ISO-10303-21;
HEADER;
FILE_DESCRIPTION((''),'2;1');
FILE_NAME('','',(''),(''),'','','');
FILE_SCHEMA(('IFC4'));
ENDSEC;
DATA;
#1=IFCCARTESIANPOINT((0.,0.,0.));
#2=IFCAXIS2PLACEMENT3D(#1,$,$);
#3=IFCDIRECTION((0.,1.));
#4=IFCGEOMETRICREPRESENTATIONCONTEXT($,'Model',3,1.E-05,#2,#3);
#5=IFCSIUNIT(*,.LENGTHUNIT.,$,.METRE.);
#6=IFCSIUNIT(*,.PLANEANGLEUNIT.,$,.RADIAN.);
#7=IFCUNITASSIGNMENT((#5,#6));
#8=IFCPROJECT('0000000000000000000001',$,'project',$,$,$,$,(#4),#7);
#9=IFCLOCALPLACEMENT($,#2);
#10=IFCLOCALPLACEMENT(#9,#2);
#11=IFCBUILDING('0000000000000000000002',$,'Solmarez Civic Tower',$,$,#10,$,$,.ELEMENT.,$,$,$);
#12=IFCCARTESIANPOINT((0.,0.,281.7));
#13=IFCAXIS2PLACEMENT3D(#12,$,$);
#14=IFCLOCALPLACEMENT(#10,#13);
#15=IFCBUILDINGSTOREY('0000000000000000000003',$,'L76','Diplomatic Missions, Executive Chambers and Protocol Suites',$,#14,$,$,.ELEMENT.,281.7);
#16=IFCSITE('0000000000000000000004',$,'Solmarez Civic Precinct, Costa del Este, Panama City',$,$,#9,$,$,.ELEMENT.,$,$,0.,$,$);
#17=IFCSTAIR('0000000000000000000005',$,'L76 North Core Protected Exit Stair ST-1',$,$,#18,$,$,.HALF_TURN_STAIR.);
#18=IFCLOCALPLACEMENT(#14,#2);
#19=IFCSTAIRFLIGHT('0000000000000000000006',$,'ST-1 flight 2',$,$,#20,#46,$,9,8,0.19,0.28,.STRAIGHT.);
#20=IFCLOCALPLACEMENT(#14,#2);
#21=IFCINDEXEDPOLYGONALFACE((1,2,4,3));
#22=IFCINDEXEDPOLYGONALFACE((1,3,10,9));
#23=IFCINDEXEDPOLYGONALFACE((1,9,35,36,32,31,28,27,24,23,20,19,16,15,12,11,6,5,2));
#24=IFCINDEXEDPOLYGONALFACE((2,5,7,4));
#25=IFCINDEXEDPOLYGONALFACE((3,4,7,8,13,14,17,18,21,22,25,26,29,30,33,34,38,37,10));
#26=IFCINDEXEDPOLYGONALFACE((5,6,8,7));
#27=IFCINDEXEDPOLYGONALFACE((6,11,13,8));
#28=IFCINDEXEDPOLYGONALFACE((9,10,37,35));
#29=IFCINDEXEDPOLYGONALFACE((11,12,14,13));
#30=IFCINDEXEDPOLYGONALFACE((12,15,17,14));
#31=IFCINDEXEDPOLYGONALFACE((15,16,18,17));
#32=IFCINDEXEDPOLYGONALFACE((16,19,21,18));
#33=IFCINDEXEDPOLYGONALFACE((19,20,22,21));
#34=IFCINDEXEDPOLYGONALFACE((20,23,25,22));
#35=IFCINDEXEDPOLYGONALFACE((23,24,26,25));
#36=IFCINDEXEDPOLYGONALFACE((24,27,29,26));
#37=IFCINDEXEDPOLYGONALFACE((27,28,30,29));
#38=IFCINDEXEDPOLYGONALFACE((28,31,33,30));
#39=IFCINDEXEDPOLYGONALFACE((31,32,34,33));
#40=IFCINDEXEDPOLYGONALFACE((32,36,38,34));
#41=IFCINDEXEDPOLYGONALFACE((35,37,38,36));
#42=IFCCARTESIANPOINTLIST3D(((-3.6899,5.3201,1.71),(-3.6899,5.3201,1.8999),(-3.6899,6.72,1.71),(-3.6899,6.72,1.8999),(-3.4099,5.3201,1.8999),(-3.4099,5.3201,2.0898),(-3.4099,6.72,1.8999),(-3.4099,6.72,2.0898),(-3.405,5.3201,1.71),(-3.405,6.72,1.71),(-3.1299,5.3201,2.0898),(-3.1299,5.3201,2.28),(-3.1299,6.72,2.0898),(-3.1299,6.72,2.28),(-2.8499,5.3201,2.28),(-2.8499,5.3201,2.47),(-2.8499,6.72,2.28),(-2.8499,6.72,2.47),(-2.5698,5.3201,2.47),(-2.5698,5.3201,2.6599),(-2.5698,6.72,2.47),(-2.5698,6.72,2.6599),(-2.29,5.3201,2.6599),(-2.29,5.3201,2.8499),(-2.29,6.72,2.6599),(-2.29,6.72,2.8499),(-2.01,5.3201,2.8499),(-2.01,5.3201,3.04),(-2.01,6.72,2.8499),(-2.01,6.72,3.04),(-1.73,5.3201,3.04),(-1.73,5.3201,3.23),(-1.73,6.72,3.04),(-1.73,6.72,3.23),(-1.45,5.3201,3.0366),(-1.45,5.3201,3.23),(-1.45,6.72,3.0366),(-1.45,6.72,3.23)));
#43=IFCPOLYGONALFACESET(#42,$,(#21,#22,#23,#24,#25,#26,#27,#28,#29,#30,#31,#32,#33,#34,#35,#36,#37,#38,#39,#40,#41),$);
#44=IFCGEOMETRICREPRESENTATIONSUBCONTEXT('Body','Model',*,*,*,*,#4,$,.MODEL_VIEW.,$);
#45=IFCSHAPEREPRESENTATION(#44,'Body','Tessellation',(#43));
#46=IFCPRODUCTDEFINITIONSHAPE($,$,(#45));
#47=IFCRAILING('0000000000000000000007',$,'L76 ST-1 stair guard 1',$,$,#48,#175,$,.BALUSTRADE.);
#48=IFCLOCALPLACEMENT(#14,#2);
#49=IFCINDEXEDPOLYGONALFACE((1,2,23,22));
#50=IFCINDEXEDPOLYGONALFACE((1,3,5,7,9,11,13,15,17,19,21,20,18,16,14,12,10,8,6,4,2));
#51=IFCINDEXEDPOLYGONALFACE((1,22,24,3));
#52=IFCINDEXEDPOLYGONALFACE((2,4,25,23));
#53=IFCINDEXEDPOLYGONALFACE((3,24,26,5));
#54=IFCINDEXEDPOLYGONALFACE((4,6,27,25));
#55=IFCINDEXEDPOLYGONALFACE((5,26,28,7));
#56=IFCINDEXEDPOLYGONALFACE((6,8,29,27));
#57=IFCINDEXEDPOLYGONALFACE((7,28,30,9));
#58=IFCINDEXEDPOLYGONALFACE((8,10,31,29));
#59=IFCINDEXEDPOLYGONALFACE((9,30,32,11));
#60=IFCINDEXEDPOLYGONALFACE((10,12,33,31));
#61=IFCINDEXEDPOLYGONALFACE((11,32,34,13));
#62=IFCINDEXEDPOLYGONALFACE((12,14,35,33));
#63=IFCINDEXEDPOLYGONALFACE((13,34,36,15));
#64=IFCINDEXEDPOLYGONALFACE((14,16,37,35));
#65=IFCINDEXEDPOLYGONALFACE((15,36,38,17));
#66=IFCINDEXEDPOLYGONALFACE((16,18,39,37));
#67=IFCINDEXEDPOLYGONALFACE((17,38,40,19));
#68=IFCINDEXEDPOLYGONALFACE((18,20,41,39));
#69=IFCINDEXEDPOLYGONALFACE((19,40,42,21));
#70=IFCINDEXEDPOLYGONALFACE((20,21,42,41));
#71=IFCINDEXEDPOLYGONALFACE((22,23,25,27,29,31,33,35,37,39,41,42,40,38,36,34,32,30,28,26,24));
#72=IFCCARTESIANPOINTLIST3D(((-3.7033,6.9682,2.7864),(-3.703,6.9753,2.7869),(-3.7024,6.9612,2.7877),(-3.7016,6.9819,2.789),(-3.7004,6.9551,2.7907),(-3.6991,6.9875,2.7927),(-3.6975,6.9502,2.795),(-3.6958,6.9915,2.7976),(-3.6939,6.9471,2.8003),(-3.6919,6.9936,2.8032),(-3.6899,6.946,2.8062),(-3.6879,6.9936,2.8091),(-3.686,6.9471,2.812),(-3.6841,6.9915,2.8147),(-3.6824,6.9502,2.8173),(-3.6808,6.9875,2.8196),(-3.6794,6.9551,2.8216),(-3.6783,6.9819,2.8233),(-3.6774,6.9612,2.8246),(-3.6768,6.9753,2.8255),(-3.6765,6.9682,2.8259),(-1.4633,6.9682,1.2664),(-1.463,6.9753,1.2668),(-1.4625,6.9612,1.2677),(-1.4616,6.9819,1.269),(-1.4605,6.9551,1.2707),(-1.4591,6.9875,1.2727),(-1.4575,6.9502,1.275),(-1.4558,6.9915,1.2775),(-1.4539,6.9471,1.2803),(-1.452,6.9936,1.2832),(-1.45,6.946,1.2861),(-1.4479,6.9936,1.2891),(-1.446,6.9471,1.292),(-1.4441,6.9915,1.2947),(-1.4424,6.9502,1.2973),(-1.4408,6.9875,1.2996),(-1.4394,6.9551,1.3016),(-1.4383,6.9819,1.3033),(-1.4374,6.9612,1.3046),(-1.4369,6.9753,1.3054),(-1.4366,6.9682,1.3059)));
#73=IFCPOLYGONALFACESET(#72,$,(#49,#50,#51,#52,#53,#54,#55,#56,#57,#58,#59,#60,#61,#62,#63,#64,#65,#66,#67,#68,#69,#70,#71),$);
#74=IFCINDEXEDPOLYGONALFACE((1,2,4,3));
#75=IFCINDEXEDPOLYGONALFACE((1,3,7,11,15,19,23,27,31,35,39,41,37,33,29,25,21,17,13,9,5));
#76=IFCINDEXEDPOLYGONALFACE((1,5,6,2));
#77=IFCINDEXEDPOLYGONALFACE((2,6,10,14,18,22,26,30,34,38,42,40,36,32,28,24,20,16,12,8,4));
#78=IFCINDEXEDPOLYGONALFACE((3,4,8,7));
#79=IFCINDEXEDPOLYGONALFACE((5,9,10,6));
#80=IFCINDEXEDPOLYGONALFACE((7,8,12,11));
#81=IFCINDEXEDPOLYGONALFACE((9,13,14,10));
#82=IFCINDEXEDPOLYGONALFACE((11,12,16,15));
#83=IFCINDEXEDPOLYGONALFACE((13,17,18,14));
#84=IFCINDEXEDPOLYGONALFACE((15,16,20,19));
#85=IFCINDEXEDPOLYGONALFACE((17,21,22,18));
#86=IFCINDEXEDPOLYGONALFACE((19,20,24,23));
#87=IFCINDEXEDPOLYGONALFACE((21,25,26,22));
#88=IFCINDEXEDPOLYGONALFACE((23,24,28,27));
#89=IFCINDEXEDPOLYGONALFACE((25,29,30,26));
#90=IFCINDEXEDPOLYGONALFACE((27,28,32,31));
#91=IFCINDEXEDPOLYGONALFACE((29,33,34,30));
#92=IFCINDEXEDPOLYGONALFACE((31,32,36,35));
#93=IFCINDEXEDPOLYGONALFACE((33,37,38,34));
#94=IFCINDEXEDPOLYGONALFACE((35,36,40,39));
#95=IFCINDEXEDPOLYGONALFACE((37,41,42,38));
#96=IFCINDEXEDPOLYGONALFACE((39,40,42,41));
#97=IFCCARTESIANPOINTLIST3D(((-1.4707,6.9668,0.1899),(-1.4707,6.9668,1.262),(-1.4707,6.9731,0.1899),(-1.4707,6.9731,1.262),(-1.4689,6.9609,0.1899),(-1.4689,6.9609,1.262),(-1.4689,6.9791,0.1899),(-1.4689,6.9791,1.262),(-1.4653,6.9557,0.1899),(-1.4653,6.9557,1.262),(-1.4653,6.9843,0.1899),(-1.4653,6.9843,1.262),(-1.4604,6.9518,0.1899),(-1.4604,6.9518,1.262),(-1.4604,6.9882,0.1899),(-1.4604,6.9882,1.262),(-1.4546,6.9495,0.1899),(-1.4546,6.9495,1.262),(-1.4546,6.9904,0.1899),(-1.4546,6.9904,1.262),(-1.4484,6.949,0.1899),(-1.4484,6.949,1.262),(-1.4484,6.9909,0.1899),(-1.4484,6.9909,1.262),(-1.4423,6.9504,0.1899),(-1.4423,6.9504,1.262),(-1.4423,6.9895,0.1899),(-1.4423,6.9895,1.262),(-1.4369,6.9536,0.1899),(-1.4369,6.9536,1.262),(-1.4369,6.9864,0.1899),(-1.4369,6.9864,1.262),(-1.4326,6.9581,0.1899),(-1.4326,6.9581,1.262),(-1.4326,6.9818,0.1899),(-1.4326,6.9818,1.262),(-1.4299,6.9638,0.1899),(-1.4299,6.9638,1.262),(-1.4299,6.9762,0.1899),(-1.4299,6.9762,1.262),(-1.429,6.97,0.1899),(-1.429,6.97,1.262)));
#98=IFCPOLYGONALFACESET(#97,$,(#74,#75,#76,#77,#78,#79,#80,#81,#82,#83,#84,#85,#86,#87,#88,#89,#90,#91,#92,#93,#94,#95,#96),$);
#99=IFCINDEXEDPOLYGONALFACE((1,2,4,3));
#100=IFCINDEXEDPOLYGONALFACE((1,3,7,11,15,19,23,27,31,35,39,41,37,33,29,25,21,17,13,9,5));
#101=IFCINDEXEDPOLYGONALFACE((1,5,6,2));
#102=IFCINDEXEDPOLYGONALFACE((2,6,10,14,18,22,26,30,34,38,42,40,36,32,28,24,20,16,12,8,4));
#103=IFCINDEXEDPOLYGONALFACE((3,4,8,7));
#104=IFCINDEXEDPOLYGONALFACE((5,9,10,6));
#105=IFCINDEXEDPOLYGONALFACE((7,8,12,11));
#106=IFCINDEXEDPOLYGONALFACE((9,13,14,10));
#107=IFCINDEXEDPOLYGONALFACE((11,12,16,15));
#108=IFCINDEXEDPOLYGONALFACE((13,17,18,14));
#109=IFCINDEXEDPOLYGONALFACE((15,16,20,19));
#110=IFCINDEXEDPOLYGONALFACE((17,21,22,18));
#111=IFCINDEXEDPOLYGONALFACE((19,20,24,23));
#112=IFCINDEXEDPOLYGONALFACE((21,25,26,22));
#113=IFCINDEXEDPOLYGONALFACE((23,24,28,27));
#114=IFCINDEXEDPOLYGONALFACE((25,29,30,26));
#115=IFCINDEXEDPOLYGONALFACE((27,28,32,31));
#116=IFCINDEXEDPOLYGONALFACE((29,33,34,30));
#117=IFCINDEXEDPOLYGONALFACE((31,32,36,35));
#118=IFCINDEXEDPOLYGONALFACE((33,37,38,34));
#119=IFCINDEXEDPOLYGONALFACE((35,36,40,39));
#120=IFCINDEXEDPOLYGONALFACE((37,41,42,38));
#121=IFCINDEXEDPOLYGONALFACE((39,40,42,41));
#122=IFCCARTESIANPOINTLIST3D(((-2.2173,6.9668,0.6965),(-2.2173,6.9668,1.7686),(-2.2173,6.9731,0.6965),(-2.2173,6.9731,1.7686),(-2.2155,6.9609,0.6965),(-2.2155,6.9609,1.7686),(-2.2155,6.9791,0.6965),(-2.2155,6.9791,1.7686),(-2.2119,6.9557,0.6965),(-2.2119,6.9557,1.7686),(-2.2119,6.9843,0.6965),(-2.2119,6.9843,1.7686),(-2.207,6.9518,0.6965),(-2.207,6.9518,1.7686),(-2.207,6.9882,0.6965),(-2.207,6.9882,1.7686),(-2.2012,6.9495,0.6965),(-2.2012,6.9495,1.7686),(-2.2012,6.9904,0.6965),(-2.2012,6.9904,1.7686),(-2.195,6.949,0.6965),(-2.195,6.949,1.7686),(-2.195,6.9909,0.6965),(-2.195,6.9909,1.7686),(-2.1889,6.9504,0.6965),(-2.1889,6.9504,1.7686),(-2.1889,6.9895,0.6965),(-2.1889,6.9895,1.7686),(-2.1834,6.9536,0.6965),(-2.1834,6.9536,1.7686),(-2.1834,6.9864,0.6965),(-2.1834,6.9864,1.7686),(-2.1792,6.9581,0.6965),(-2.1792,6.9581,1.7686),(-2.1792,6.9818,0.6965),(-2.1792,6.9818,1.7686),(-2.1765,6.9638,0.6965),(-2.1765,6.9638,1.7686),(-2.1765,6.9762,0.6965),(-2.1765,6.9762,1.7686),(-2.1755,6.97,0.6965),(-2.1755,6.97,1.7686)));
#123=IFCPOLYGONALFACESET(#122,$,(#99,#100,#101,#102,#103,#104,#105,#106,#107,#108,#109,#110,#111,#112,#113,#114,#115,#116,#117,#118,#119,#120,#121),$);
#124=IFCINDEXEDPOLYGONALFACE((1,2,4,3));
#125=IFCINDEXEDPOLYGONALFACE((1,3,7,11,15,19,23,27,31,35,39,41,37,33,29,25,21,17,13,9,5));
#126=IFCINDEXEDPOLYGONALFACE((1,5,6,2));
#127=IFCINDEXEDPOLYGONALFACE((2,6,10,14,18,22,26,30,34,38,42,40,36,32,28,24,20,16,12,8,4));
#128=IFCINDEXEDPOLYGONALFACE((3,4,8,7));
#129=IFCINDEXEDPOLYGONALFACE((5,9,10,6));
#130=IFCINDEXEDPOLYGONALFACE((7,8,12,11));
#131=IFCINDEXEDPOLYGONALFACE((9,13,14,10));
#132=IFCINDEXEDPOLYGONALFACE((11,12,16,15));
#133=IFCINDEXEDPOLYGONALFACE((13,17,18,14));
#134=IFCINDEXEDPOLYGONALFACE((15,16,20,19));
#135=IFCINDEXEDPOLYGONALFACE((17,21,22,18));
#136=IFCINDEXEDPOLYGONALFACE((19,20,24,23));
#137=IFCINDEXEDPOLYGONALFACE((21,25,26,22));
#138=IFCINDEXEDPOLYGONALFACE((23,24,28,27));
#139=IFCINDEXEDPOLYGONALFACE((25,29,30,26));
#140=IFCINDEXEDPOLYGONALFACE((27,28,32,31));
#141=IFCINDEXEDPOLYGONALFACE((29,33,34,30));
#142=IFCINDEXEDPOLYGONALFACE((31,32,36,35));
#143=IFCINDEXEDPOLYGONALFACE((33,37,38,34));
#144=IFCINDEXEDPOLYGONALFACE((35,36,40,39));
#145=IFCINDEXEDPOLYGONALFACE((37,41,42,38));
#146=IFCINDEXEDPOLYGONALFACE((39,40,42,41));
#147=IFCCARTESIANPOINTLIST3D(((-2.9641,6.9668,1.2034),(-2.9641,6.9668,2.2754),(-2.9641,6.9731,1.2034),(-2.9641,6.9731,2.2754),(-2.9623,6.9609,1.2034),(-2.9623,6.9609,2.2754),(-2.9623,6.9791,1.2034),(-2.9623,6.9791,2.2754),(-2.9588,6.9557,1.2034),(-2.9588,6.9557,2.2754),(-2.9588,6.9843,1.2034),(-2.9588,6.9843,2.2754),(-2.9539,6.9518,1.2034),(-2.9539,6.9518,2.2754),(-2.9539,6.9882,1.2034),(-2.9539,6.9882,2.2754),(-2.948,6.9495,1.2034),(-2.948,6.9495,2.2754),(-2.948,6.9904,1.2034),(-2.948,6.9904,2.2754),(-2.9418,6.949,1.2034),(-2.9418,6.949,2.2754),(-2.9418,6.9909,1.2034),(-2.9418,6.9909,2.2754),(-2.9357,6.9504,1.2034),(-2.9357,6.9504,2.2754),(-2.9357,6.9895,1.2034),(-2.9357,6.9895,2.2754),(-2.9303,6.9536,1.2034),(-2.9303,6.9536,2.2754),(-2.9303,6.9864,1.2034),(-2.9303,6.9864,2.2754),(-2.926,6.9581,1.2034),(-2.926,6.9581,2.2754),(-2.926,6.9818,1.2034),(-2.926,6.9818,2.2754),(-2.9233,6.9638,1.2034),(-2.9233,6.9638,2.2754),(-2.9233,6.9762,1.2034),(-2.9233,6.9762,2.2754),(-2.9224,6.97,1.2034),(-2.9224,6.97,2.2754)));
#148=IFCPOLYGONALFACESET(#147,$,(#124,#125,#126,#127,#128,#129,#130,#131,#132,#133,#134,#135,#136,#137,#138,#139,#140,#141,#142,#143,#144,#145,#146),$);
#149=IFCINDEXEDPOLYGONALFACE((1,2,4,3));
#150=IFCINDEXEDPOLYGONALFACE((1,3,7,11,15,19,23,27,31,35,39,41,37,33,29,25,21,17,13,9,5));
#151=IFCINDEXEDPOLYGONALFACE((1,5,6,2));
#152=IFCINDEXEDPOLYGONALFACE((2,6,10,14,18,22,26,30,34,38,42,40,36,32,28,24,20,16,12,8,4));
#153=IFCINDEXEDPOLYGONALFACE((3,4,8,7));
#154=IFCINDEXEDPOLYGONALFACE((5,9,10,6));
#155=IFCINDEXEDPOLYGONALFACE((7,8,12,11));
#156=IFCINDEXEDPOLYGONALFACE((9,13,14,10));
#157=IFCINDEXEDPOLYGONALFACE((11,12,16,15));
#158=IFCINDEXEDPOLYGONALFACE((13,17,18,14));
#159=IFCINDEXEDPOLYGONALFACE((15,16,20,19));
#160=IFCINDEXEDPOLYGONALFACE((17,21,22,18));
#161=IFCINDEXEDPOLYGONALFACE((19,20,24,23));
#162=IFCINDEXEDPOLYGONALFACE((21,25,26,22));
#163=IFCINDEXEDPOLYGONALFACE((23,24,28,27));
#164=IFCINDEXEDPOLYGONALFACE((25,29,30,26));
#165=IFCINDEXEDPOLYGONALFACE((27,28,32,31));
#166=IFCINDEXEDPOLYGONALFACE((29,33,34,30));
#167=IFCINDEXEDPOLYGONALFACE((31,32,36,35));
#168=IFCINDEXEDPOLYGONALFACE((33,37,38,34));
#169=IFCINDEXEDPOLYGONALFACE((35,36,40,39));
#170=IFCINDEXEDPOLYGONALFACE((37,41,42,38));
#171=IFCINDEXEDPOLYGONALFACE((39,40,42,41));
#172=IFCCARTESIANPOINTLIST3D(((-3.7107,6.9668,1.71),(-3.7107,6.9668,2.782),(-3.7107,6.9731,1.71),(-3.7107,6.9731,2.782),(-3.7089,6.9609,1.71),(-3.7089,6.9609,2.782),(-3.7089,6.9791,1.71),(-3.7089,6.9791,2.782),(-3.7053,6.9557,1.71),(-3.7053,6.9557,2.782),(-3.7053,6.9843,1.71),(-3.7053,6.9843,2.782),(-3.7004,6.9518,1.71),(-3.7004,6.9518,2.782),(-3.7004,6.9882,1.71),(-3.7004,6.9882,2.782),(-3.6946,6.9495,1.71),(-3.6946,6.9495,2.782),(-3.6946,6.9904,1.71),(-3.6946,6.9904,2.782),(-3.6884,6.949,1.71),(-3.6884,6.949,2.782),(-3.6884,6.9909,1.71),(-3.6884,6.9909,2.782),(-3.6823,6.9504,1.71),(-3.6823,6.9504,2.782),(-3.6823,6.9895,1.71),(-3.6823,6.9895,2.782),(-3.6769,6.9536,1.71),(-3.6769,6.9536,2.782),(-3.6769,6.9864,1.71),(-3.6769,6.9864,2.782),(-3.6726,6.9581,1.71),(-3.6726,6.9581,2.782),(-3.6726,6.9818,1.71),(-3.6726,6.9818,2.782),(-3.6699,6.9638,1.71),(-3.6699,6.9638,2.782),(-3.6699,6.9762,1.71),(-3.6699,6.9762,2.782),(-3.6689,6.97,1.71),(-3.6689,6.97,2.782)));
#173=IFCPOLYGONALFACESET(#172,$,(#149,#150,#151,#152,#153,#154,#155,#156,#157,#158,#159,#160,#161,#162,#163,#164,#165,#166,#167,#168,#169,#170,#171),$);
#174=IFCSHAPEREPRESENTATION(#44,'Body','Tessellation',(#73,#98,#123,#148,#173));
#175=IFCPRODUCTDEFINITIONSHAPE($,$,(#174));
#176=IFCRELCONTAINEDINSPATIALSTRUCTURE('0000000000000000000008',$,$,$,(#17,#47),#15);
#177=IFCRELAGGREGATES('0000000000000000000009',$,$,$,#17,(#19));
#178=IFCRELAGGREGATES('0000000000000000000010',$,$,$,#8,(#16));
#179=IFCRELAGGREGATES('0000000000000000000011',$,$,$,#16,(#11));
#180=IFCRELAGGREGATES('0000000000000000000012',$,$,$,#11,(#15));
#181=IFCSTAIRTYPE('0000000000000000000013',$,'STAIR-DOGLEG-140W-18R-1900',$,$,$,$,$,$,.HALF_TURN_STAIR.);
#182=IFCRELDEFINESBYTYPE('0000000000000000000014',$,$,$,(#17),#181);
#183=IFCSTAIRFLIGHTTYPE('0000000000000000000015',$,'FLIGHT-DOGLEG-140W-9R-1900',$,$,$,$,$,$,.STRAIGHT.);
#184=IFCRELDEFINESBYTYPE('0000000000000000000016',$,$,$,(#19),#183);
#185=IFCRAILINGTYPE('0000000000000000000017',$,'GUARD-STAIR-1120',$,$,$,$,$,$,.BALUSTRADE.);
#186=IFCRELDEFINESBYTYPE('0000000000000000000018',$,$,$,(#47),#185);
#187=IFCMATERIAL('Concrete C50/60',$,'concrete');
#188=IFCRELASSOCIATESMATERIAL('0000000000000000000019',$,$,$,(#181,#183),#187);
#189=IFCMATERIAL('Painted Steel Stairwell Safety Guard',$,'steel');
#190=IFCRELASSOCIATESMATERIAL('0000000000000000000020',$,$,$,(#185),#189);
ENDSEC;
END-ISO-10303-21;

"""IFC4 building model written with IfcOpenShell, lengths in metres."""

from ifc_helpers import new_model, si_unit, direction, frame, origin, origin_2d, place, context, subcontext, project, spatial, polyline, circle, outline, extrude, material, type_object, element, aggregate, save


model = new_model("IFC4")

# Units and contexts
model_context = context("Model", 3, precision=1e-05, world=origin(), true_north=direction((0.0, 1.0)))
body_context = subcontext(model_context, "Body", "Model", "MODEL_VIEW")
ifc_project = project(units=[si_unit("LENGTHUNIT", "METRE"), si_unit("PLANEANGLEUNIT", "RADIAN")], contexts=[model_context])

# Site, building, storey
site_placement = place(None, origin())
site = spatial("IfcSite", under=ifc_project, at=site_placement, Name="Solmarez Civic Precinct, Costa del Este, Panama City", CompositionType="ELEMENT", RefElevation=0.0)
building_placement = place(site_placement, origin())
building = spatial("IfcBuilding", under=site, at=building_placement, Name="Solmarez Civic Tower", CompositionType="ELEMENT")
storey_placement = place(building_placement, frame((0.0, 0.0, 281.7)))
storey = spatial("IfcBuildingStorey", under=building, at=storey_placement, Name="L76", Description="Diplomatic Missions, Executive Chambers and Protocol Suites", CompositionType="ELEMENT", Elevation=281.7)

# Shared definitions
ifc_material_1 = material(Name="Concrete C50/60", Category="concrete")

# Stair, stair flight
stair_type = type_object("IfcStairType", Name="STAIR-DOGLEG-140W-18R-1900", PredefinedType="HALF_TURN_STAIR", material=ifc_material_1)
stair_placement = place(storey_placement, origin())
stair = element("IfcStair", 1, at=stair_placement, inside=storey, type_object=stair_type, Name="L76 North Core Protected Exit Stair ST-1", PredefinedType="HALF_TURN_STAIR")
stair_flight_type = type_object("IfcStairFlightType", Name="FLIGHT-DOGLEG-140W-9R-1900", PredefinedType="STRAIGHT", material=ifc_material_1)
stair_flight_1_placement = place(storey_placement, frame((-3.6899, 6.02, 1.71), z_axis=(0.0, 0.0, 1.0), x_axis=(1.0, 0.0, 0.0)))
stair_flight_1 = element("IfcStairFlight", 2, at=stair_flight_1_placement, type_object=stair_flight_type, Name="ST-1 flight 2", NumberOfRisers=9, NumberOfTreads=8, PredefinedType="STRAIGHT", RiserHeight=0.19, TreadLength=0.28, context=body_context, shape_type="SweptSolid", body=[
    extrude(outline(polyline([(0.0, 0.0), (0.0, 0.1899), (0.28, 0.1899), (0.28, 0.3799), (0.5601, 0.3799), (0.5601, 0.5701), (0.8401, 0.5701), (0.8401, 0.76), (1.1201, 0.76), (1.1201, 0.95), (1.3999, 0.95), (1.3999, 1.1399), (1.6799, 1.1399), (1.6799, 1.3301), (1.96, 1.3301), (1.96, 1.52), (2.24, 1.52), (2.24, 1.71), (2.24, 1.3267), (0.2849, 0.0), (0.0, 0.0)])), frame((0.0, 0.7, 0.0), z_axis=(0.0, -1.0, 0.0), x_axis=(1.0, 0.0, 0.0)), (0.0, 0.0, 1.0), 1.3999),
])
aggregate(stair, [stair_flight_1])

# Railing
ifc_material_2 = material(Name="Painted Steel Stairwell Safety Guard", Category="steel")
railing_type_1 = type_object("IfcRailingType", Name="GUARD-STAIR-1120", PredefinedType="BALUSTRADE", material=ifc_material_2)
railing_1_placement = place(storey_placement, frame((-1.45, 6.97, 0.1899)))
element("IfcRailing", 3, at=railing_1_placement, inside=storey, type_object=railing_type_1, Name="L76 ST-1 stair guard 1", PredefinedType="BALUSTRADE", context=body_context, shape_type="SweptSolid", body=[
    extrude(circle(Radius=0.0239, at=origin_2d()), frame((0.0, 0.0, 1.0962), z_axis=(-0.827471, 0.0, 0.561508), x_axis=(0.0, -1.0, 0.0)), (0.0, 0.0, 1.0), 2.707),
    extrude(circle(Radius=0.021, at=origin_2d()), origin(), (0.0, 0.0, 1.0), 1.072),
    extrude(circle(Radius=0.021, at=origin_2d()), frame((-0.7466, 0.0, 0.5066)), (0.0, 0.0, 1.0), 1.072),
    extrude(circle(Radius=0.021, at=origin_2d()), frame((-1.4934, 0.0, 1.0134)), (0.0, 0.0, 1.0), 1.072),
    extrude(circle(Radius=0.021, at=origin_2d()), frame((-2.24, 0.0, 1.52)), (0.0, 0.0, 1.0), 1.072),
])

save(model, "model.ifc")
